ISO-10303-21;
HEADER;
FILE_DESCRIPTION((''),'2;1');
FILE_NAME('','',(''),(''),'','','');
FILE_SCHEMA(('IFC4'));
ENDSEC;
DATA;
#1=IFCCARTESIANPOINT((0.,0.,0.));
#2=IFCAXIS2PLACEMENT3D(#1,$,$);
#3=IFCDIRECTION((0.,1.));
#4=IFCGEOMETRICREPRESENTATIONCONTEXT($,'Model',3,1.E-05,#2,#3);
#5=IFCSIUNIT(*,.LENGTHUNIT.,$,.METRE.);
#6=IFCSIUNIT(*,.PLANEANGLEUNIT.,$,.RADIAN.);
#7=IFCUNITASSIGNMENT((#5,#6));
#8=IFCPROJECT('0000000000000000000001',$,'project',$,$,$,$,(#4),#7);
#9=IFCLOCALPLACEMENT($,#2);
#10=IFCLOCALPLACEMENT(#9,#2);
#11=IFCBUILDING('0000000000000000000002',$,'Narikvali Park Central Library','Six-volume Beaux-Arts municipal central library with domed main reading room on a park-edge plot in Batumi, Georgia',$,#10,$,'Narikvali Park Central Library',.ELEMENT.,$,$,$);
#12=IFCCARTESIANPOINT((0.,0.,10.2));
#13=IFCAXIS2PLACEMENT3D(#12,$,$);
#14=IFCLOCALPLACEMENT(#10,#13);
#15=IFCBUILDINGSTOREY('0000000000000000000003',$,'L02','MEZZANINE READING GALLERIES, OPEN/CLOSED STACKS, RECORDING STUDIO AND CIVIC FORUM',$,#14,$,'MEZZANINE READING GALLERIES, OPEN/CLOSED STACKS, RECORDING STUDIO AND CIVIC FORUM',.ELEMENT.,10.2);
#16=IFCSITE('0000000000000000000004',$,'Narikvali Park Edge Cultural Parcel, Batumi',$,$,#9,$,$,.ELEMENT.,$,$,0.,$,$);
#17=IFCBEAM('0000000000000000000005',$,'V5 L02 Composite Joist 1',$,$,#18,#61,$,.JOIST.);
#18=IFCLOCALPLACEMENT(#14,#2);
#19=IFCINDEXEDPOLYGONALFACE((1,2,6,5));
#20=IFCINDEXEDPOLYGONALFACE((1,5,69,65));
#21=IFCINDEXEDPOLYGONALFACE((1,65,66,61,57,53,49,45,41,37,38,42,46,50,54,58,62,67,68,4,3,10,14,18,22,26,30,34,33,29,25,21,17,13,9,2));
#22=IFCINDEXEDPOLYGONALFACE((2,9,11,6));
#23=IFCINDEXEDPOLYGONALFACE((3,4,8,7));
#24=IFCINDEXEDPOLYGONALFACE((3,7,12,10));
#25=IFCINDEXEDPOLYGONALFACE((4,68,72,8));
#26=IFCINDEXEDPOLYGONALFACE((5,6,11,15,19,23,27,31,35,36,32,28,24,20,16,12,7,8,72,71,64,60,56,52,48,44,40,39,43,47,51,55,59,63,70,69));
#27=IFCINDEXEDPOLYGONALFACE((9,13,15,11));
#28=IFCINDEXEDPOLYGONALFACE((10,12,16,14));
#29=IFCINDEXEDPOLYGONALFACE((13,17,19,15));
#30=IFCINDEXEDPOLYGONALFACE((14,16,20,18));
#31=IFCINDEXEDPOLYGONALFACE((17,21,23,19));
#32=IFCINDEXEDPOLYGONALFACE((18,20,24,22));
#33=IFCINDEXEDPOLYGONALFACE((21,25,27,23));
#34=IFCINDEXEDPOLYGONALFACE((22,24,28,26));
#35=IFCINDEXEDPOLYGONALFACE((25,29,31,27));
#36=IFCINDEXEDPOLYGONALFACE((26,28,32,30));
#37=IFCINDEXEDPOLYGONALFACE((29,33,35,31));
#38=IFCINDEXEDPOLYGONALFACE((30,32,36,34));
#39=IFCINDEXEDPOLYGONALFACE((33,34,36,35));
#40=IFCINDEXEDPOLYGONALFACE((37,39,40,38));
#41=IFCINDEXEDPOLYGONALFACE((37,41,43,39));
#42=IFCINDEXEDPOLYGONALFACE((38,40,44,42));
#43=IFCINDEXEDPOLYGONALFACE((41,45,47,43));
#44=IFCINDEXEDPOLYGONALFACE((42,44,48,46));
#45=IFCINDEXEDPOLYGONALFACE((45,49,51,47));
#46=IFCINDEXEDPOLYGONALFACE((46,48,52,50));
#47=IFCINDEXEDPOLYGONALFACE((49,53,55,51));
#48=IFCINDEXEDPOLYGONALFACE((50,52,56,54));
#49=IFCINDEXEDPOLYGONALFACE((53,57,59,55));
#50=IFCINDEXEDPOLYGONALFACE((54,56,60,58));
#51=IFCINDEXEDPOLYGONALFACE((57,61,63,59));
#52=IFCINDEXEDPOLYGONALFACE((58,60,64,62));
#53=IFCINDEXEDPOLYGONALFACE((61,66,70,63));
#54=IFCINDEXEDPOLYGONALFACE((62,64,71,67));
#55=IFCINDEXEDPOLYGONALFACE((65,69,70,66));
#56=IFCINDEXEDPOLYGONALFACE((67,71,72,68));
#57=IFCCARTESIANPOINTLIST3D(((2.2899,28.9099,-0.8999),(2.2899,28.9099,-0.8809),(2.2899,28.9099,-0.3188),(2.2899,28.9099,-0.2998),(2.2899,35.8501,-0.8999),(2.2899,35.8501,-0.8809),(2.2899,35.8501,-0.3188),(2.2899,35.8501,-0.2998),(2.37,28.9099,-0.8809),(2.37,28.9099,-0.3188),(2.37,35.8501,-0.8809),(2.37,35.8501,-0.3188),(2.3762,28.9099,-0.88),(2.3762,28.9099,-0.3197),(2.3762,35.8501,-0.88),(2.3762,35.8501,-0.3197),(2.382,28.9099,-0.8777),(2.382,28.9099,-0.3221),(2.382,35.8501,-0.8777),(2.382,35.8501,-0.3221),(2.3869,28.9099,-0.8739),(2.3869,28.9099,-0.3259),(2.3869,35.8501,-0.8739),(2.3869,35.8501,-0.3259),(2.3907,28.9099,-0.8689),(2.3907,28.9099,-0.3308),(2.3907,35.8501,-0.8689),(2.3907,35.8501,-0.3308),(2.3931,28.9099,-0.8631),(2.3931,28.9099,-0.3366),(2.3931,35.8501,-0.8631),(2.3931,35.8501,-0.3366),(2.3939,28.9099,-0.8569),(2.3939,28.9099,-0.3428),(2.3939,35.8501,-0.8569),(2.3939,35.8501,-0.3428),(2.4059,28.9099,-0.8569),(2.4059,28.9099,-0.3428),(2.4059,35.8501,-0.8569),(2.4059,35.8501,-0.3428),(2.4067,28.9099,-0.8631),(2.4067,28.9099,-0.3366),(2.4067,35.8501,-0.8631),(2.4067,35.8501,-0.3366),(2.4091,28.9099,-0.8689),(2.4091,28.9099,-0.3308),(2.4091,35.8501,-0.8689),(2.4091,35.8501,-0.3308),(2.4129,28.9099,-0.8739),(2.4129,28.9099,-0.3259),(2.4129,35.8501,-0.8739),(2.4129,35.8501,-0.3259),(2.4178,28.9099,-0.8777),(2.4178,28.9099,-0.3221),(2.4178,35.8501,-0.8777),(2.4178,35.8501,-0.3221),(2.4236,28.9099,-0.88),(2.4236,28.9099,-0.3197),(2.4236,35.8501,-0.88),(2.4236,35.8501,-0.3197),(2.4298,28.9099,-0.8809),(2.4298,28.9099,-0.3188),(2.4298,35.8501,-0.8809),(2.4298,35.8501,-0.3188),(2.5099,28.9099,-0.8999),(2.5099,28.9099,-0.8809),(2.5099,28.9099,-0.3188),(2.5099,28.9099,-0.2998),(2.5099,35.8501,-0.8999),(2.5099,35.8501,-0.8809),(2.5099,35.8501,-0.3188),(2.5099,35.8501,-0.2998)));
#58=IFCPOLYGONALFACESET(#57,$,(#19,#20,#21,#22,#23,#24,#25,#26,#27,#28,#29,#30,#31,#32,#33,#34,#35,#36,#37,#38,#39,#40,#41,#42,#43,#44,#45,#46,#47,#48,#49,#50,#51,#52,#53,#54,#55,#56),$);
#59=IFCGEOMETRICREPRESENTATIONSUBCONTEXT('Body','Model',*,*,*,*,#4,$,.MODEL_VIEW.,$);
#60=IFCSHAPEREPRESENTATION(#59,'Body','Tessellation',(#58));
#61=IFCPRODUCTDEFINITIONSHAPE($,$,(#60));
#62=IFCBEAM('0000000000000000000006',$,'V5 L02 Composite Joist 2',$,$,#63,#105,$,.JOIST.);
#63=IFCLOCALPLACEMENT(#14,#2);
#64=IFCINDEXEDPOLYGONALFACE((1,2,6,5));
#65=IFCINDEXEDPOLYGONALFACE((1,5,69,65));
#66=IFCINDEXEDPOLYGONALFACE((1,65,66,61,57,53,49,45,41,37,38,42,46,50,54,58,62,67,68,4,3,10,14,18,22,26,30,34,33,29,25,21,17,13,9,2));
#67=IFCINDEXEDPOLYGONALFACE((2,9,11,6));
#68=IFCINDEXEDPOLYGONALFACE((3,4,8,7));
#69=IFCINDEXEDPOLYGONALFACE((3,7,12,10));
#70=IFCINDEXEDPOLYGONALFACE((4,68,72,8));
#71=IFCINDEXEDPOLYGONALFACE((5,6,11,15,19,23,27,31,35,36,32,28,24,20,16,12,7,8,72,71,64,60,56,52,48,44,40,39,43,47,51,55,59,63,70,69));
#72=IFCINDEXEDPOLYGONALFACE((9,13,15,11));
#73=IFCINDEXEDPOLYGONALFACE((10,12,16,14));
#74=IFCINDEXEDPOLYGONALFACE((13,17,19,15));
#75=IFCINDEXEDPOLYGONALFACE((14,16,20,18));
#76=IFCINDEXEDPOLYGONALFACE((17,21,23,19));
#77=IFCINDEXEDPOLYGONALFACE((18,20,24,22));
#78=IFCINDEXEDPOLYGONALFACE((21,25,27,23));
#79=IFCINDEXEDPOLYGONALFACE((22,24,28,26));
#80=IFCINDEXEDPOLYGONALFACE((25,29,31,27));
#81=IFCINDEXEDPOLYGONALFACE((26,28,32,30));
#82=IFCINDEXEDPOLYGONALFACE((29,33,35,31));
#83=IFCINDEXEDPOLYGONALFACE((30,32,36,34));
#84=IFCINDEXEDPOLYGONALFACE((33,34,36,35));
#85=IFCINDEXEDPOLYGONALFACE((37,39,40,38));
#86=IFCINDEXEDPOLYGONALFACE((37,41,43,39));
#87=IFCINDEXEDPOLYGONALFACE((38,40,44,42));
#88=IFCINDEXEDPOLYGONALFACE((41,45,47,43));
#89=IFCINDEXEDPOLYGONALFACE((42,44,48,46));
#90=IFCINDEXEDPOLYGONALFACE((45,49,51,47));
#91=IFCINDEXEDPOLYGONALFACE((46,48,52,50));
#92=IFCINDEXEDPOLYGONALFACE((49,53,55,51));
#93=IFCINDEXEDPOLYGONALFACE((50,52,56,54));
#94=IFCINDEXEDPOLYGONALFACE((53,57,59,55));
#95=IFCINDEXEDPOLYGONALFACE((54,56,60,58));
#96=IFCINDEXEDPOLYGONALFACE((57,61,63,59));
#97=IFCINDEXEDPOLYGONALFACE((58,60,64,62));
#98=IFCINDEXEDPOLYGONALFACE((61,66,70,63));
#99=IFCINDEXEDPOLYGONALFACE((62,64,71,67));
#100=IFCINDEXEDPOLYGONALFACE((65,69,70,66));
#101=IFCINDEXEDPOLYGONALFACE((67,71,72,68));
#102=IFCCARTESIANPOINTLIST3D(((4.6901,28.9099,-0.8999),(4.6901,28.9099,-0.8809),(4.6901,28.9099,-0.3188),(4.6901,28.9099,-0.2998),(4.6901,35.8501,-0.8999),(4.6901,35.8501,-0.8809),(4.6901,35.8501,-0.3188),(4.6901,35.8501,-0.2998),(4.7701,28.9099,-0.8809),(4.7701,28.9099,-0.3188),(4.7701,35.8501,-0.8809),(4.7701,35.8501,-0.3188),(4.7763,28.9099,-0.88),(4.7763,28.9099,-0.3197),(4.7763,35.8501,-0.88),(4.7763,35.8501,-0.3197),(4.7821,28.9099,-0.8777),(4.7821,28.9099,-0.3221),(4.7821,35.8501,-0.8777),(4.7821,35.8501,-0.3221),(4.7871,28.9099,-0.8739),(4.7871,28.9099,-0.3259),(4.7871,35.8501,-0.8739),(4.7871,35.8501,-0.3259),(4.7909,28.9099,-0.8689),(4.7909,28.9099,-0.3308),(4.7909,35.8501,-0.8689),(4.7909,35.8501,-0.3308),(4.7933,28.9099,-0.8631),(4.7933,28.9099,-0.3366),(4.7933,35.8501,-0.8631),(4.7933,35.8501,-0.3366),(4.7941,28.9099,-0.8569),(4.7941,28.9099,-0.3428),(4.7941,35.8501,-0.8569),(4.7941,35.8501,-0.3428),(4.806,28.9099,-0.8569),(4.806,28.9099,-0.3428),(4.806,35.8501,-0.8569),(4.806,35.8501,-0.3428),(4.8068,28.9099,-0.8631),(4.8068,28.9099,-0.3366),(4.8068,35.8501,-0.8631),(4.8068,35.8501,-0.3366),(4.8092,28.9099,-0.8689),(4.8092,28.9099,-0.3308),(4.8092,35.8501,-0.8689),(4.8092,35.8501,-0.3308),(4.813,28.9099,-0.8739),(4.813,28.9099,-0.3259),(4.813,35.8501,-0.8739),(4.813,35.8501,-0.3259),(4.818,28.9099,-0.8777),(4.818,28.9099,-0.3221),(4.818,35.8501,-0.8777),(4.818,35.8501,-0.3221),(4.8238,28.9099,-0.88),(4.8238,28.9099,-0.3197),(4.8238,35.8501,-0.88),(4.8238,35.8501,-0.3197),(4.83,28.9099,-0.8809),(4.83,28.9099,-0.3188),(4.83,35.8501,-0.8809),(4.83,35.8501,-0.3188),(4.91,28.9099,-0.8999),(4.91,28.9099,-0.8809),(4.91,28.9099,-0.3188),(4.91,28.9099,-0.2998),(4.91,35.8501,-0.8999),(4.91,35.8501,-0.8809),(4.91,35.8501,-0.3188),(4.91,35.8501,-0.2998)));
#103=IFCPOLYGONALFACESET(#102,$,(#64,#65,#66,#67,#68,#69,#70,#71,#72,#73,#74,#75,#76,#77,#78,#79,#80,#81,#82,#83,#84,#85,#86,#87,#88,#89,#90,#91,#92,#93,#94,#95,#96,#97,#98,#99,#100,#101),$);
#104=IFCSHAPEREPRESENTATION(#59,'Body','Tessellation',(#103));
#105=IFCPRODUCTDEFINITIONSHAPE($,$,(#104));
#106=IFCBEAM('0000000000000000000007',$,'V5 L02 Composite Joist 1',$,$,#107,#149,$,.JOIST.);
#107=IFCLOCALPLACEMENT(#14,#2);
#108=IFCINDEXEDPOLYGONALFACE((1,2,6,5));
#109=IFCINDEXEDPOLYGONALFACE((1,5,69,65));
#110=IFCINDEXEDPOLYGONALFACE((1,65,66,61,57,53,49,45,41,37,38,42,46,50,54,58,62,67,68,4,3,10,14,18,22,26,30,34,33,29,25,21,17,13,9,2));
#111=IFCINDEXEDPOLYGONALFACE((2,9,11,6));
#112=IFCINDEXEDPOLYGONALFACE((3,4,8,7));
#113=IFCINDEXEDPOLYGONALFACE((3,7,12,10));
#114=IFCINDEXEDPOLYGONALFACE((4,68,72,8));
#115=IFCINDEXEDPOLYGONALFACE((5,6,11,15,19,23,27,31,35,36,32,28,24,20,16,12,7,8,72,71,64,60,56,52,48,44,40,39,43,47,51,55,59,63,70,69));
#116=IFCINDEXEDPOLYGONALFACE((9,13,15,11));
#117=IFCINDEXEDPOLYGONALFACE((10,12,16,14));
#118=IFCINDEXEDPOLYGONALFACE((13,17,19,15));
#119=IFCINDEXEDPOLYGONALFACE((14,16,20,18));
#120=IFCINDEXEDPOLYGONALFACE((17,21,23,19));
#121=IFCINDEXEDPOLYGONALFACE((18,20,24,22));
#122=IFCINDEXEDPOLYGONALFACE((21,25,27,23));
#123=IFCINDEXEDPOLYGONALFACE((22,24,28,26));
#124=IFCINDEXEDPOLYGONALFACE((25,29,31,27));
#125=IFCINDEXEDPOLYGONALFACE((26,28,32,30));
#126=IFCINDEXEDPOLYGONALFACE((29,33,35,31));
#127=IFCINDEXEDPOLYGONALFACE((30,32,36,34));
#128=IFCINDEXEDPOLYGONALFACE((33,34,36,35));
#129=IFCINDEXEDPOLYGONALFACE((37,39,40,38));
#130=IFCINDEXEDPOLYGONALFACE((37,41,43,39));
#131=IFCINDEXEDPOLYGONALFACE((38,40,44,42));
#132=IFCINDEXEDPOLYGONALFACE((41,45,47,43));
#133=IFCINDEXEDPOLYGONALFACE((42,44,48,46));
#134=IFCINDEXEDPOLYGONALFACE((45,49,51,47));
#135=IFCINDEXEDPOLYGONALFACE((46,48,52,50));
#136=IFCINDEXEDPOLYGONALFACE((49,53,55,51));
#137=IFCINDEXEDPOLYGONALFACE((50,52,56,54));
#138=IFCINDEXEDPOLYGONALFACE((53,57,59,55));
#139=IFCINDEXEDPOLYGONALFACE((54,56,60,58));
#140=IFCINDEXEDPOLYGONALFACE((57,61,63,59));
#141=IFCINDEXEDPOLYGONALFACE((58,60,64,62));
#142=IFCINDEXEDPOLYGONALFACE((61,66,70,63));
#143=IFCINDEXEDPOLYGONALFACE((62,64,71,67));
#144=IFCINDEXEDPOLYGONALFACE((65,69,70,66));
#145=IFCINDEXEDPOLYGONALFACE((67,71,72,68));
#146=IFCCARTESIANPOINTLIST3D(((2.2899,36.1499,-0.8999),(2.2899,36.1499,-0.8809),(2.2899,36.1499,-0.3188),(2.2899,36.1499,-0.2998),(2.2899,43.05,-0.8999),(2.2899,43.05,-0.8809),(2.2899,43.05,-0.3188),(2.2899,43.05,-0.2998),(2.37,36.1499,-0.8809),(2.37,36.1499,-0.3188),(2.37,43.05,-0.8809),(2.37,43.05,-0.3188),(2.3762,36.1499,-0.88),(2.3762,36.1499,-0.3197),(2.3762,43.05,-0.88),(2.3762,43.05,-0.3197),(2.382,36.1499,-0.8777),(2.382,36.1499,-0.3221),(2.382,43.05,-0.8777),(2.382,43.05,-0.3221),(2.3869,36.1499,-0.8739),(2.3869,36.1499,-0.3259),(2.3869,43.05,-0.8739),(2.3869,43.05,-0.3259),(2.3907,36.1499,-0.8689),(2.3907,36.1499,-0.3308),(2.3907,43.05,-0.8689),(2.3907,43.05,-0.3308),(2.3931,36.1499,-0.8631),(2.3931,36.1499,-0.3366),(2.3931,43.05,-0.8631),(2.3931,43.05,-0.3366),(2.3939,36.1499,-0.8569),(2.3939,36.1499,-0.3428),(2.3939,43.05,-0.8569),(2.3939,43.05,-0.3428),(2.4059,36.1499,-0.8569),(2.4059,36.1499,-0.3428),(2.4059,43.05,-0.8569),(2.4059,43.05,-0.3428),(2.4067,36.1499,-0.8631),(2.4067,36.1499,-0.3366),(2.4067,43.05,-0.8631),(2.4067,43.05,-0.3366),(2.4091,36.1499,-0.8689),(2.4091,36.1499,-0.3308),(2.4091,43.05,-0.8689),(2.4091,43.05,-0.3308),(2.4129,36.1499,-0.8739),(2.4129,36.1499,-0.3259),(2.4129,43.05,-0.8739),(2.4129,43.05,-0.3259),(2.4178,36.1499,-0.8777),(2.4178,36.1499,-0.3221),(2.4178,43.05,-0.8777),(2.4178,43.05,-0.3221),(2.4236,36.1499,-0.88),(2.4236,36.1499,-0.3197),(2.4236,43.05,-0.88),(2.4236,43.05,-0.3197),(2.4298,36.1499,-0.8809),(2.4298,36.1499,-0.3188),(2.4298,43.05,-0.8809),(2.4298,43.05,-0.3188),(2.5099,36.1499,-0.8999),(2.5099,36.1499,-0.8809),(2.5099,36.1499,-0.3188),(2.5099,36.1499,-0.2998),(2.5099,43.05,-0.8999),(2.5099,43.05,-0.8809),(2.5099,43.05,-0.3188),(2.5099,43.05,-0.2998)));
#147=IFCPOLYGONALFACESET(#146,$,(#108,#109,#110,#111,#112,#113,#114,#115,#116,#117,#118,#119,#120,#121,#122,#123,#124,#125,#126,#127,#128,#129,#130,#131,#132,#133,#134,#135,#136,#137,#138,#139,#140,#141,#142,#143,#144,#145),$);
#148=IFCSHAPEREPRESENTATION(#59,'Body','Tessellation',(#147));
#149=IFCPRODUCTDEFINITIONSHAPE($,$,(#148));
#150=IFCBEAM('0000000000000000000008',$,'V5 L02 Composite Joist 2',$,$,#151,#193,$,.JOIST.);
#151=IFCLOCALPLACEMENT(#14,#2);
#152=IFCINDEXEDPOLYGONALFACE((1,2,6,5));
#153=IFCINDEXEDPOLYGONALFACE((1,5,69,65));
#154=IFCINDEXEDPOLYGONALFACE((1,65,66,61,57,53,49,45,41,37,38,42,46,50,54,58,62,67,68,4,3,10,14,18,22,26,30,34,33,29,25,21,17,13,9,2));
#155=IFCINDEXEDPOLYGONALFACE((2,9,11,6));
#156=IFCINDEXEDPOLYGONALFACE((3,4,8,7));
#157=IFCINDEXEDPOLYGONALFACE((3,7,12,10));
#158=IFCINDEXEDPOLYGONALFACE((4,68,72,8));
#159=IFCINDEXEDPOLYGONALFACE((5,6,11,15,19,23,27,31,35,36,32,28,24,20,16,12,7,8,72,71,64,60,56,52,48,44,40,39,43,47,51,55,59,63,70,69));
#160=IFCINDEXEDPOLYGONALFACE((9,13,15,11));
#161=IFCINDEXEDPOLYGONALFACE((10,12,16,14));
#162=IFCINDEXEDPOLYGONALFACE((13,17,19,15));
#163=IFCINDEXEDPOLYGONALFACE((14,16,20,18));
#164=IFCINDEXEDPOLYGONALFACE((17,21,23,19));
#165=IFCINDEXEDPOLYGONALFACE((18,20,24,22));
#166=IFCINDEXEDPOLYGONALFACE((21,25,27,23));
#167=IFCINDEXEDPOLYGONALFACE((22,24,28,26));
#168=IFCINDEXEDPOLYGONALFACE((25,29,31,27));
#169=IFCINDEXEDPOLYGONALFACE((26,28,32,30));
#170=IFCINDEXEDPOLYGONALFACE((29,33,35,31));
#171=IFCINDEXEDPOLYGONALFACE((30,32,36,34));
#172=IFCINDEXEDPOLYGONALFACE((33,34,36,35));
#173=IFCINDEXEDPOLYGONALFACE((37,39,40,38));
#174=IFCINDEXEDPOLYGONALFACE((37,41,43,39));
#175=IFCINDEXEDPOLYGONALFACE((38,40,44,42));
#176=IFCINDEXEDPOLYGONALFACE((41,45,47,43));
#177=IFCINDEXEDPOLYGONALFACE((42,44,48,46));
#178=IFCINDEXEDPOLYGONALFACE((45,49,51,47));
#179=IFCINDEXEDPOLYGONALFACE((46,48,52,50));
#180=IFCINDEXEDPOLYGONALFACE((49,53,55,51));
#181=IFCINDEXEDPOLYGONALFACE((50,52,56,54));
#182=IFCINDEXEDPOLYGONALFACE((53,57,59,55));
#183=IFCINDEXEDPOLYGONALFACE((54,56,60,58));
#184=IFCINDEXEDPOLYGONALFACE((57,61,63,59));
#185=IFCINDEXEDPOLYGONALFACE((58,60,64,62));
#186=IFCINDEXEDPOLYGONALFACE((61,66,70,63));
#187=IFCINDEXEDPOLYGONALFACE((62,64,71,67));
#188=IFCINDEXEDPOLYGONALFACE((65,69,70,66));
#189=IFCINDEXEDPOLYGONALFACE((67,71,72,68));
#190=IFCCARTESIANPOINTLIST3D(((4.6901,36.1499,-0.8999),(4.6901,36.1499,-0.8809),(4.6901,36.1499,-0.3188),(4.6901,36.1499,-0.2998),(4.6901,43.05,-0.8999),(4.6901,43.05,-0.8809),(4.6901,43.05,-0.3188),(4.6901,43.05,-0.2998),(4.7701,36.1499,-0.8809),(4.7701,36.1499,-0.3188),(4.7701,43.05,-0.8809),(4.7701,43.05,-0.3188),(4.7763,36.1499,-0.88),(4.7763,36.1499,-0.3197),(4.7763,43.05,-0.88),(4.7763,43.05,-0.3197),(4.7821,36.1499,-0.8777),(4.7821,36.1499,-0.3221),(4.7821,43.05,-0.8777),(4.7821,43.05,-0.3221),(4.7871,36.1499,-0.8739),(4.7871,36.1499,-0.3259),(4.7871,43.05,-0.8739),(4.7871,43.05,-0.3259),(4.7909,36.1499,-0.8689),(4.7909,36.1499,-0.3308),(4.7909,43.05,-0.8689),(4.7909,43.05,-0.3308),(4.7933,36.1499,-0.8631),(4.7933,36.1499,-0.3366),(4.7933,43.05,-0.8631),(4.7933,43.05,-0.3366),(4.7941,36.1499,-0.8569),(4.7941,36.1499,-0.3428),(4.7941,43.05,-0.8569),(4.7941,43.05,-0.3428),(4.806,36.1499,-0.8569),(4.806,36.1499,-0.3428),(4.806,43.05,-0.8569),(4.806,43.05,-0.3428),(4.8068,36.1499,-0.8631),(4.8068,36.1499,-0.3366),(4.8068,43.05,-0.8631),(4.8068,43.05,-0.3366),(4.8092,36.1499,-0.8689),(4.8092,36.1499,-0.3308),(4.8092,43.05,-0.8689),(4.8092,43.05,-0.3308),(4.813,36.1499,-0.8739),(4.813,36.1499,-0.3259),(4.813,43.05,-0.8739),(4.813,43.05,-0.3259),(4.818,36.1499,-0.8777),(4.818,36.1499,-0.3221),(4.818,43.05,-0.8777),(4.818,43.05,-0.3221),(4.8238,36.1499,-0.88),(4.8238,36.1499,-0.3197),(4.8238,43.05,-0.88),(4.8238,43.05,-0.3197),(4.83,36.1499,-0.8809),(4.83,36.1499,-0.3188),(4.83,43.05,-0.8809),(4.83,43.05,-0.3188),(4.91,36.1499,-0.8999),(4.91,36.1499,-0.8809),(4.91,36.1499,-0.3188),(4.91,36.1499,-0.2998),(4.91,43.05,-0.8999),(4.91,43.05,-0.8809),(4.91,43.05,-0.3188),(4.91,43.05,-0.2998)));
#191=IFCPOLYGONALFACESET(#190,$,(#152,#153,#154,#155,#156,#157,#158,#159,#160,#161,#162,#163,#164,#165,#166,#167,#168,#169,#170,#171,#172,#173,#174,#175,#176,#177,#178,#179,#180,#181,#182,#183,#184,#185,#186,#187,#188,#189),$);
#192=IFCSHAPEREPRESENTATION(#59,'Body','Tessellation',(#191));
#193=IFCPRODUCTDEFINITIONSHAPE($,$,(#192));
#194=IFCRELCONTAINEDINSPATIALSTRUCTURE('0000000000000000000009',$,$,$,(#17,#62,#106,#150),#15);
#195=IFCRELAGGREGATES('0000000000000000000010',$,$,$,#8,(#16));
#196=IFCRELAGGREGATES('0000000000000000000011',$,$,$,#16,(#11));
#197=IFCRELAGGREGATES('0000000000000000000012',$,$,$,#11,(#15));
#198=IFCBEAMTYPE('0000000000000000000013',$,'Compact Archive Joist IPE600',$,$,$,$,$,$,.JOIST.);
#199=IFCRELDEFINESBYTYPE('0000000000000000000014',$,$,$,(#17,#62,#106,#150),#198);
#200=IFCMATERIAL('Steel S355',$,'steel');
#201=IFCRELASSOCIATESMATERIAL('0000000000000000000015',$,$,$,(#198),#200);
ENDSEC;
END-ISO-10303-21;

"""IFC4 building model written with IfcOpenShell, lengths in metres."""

from ifc_helpers import new_model, si_unit, direction, frame, origin, origin_2d, place, context, subcontext, project, spatial, i_section, extrude, material, material_profile, profile_set, type_object, element, save


model = new_model("IFC4")

# Units and contexts
model_context = context("Model", 3, precision=1e-05, world=origin(), true_north=direction((0.0, 1.0)))
body_context = subcontext(model_context, "Body", "Model", "MODEL_VIEW")
ifc_project = project(units=[si_unit("LENGTHUNIT", "METRE"), si_unit("PLANEANGLEUNIT", "RADIAN")], contexts=[model_context])

# Site, building, storey
site_placement = place(None, origin())
site = spatial("IfcSite", under=ifc_project, at=site_placement, Name="Narikvali Park Edge Cultural Parcel, Batumi", CompositionType="ELEMENT", RefElevation=0.0)
building_placement = place(site_placement, origin())
building = spatial("IfcBuilding", under=site, at=building_placement, Name="Narikvali Park Central Library", Description="Six-volume Beaux-Arts municipal central library with domed main reading room on a park-edge plot in Batumi, Georgia", LongName="Narikvali Park Central Library", CompositionType="ELEMENT")
storey_placement = place(building_placement, frame((0.0, 0.0, 10.2)))
storey = spatial("IfcBuildingStorey", under=building, at=storey_placement, Name="L02", Description="MEZZANINE READING GALLERIES, OPEN/CLOSED STACKS, RECORDING STUDIO AND CIVIC FORUM", LongName="MEZZANINE READING GALLERIES, OPEN/CLOSED STACKS, RECORDING STUDIO AND CIVIC FORUM", CompositionType="ELEMENT", Elevation=10.2)

# Shared definitions
ifc_material_1 = material(Name="Steel S355", Category="steel")

# Beams
ifc_material_profile_1 = material_profile(ifc_material_1, i_section(OverallWidth=0.22, OverallDepth=0.6001, WebThickness=0.012, FlangeThickness=0.019, FilletRadius=0.0239, at=origin_2d()), Name="IPE 600")
ifc_profile_set_1 = profile_set([ifc_material_profile_1], Name="Steel S355")
beam_type_1 = type_object("IfcBeamType", Name="Compact Archive Joist IPE600", PredefinedType="JOIST", material=ifc_profile_set_1)
for number, where, z_axis, x_axis, name in (
    (1, (2.3999, 28.9099, -0.5999), (0.0, 1.0, 0.0), (-1.0, 0.0, 0.0), "V5 L02 Composite Joist 1"),
    (2, (4.8, 28.9099, -0.5999), (0.0, 1.0, 0.0), (-1.0, 0.0, 0.0), "V5 L02 Composite Joist 2"),
):
    element("IfcBeam", number, at=place(storey_placement, frame(where, z_axis=z_axis, x_axis=x_axis)), inside=storey, type_object=beam_type_1, Name=name, PredefinedType="JOIST", context=body_context, shape_type="SweptSolid", body=[
        extrude(i_section(OverallWidth=0.22, OverallDepth=0.6001, WebThickness=0.012, FlangeThickness=0.019, FilletRadius=0.0239, at=origin_2d()), origin(), (0.0, 0.0, 1.0), 6.9402),
    ])
for number, where, z_axis, x_axis, name in (
    (3, (2.3999, 36.1499, -0.5999), (0.0, 1.0, 0.0), (-1.0, 0.0, 0.0), "V5 L02 Composite Joist 1"),
    (4, (4.8, 36.1499, -0.5999), (0.0, 1.0, 0.0), (-1.0, 0.0, 0.0), "V5 L02 Composite Joist 2"),
):
    element("IfcBeam", number, at=place(storey_placement, frame(where, z_axis=z_axis, x_axis=x_axis)), inside=storey, type_object=beam_type_1, Name=name, PredefinedType="JOIST", context=body_context, shape_type="SweptSolid", body=[
        extrude(i_section(OverallWidth=0.22, OverallDepth=0.6001, WebThickness=0.012, FlangeThickness=0.019, FilletRadius=0.0239, at=origin_2d()), origin(), (0.0, 0.0, 1.0), 6.9001),
    ])

save(model, "model.ifc")
